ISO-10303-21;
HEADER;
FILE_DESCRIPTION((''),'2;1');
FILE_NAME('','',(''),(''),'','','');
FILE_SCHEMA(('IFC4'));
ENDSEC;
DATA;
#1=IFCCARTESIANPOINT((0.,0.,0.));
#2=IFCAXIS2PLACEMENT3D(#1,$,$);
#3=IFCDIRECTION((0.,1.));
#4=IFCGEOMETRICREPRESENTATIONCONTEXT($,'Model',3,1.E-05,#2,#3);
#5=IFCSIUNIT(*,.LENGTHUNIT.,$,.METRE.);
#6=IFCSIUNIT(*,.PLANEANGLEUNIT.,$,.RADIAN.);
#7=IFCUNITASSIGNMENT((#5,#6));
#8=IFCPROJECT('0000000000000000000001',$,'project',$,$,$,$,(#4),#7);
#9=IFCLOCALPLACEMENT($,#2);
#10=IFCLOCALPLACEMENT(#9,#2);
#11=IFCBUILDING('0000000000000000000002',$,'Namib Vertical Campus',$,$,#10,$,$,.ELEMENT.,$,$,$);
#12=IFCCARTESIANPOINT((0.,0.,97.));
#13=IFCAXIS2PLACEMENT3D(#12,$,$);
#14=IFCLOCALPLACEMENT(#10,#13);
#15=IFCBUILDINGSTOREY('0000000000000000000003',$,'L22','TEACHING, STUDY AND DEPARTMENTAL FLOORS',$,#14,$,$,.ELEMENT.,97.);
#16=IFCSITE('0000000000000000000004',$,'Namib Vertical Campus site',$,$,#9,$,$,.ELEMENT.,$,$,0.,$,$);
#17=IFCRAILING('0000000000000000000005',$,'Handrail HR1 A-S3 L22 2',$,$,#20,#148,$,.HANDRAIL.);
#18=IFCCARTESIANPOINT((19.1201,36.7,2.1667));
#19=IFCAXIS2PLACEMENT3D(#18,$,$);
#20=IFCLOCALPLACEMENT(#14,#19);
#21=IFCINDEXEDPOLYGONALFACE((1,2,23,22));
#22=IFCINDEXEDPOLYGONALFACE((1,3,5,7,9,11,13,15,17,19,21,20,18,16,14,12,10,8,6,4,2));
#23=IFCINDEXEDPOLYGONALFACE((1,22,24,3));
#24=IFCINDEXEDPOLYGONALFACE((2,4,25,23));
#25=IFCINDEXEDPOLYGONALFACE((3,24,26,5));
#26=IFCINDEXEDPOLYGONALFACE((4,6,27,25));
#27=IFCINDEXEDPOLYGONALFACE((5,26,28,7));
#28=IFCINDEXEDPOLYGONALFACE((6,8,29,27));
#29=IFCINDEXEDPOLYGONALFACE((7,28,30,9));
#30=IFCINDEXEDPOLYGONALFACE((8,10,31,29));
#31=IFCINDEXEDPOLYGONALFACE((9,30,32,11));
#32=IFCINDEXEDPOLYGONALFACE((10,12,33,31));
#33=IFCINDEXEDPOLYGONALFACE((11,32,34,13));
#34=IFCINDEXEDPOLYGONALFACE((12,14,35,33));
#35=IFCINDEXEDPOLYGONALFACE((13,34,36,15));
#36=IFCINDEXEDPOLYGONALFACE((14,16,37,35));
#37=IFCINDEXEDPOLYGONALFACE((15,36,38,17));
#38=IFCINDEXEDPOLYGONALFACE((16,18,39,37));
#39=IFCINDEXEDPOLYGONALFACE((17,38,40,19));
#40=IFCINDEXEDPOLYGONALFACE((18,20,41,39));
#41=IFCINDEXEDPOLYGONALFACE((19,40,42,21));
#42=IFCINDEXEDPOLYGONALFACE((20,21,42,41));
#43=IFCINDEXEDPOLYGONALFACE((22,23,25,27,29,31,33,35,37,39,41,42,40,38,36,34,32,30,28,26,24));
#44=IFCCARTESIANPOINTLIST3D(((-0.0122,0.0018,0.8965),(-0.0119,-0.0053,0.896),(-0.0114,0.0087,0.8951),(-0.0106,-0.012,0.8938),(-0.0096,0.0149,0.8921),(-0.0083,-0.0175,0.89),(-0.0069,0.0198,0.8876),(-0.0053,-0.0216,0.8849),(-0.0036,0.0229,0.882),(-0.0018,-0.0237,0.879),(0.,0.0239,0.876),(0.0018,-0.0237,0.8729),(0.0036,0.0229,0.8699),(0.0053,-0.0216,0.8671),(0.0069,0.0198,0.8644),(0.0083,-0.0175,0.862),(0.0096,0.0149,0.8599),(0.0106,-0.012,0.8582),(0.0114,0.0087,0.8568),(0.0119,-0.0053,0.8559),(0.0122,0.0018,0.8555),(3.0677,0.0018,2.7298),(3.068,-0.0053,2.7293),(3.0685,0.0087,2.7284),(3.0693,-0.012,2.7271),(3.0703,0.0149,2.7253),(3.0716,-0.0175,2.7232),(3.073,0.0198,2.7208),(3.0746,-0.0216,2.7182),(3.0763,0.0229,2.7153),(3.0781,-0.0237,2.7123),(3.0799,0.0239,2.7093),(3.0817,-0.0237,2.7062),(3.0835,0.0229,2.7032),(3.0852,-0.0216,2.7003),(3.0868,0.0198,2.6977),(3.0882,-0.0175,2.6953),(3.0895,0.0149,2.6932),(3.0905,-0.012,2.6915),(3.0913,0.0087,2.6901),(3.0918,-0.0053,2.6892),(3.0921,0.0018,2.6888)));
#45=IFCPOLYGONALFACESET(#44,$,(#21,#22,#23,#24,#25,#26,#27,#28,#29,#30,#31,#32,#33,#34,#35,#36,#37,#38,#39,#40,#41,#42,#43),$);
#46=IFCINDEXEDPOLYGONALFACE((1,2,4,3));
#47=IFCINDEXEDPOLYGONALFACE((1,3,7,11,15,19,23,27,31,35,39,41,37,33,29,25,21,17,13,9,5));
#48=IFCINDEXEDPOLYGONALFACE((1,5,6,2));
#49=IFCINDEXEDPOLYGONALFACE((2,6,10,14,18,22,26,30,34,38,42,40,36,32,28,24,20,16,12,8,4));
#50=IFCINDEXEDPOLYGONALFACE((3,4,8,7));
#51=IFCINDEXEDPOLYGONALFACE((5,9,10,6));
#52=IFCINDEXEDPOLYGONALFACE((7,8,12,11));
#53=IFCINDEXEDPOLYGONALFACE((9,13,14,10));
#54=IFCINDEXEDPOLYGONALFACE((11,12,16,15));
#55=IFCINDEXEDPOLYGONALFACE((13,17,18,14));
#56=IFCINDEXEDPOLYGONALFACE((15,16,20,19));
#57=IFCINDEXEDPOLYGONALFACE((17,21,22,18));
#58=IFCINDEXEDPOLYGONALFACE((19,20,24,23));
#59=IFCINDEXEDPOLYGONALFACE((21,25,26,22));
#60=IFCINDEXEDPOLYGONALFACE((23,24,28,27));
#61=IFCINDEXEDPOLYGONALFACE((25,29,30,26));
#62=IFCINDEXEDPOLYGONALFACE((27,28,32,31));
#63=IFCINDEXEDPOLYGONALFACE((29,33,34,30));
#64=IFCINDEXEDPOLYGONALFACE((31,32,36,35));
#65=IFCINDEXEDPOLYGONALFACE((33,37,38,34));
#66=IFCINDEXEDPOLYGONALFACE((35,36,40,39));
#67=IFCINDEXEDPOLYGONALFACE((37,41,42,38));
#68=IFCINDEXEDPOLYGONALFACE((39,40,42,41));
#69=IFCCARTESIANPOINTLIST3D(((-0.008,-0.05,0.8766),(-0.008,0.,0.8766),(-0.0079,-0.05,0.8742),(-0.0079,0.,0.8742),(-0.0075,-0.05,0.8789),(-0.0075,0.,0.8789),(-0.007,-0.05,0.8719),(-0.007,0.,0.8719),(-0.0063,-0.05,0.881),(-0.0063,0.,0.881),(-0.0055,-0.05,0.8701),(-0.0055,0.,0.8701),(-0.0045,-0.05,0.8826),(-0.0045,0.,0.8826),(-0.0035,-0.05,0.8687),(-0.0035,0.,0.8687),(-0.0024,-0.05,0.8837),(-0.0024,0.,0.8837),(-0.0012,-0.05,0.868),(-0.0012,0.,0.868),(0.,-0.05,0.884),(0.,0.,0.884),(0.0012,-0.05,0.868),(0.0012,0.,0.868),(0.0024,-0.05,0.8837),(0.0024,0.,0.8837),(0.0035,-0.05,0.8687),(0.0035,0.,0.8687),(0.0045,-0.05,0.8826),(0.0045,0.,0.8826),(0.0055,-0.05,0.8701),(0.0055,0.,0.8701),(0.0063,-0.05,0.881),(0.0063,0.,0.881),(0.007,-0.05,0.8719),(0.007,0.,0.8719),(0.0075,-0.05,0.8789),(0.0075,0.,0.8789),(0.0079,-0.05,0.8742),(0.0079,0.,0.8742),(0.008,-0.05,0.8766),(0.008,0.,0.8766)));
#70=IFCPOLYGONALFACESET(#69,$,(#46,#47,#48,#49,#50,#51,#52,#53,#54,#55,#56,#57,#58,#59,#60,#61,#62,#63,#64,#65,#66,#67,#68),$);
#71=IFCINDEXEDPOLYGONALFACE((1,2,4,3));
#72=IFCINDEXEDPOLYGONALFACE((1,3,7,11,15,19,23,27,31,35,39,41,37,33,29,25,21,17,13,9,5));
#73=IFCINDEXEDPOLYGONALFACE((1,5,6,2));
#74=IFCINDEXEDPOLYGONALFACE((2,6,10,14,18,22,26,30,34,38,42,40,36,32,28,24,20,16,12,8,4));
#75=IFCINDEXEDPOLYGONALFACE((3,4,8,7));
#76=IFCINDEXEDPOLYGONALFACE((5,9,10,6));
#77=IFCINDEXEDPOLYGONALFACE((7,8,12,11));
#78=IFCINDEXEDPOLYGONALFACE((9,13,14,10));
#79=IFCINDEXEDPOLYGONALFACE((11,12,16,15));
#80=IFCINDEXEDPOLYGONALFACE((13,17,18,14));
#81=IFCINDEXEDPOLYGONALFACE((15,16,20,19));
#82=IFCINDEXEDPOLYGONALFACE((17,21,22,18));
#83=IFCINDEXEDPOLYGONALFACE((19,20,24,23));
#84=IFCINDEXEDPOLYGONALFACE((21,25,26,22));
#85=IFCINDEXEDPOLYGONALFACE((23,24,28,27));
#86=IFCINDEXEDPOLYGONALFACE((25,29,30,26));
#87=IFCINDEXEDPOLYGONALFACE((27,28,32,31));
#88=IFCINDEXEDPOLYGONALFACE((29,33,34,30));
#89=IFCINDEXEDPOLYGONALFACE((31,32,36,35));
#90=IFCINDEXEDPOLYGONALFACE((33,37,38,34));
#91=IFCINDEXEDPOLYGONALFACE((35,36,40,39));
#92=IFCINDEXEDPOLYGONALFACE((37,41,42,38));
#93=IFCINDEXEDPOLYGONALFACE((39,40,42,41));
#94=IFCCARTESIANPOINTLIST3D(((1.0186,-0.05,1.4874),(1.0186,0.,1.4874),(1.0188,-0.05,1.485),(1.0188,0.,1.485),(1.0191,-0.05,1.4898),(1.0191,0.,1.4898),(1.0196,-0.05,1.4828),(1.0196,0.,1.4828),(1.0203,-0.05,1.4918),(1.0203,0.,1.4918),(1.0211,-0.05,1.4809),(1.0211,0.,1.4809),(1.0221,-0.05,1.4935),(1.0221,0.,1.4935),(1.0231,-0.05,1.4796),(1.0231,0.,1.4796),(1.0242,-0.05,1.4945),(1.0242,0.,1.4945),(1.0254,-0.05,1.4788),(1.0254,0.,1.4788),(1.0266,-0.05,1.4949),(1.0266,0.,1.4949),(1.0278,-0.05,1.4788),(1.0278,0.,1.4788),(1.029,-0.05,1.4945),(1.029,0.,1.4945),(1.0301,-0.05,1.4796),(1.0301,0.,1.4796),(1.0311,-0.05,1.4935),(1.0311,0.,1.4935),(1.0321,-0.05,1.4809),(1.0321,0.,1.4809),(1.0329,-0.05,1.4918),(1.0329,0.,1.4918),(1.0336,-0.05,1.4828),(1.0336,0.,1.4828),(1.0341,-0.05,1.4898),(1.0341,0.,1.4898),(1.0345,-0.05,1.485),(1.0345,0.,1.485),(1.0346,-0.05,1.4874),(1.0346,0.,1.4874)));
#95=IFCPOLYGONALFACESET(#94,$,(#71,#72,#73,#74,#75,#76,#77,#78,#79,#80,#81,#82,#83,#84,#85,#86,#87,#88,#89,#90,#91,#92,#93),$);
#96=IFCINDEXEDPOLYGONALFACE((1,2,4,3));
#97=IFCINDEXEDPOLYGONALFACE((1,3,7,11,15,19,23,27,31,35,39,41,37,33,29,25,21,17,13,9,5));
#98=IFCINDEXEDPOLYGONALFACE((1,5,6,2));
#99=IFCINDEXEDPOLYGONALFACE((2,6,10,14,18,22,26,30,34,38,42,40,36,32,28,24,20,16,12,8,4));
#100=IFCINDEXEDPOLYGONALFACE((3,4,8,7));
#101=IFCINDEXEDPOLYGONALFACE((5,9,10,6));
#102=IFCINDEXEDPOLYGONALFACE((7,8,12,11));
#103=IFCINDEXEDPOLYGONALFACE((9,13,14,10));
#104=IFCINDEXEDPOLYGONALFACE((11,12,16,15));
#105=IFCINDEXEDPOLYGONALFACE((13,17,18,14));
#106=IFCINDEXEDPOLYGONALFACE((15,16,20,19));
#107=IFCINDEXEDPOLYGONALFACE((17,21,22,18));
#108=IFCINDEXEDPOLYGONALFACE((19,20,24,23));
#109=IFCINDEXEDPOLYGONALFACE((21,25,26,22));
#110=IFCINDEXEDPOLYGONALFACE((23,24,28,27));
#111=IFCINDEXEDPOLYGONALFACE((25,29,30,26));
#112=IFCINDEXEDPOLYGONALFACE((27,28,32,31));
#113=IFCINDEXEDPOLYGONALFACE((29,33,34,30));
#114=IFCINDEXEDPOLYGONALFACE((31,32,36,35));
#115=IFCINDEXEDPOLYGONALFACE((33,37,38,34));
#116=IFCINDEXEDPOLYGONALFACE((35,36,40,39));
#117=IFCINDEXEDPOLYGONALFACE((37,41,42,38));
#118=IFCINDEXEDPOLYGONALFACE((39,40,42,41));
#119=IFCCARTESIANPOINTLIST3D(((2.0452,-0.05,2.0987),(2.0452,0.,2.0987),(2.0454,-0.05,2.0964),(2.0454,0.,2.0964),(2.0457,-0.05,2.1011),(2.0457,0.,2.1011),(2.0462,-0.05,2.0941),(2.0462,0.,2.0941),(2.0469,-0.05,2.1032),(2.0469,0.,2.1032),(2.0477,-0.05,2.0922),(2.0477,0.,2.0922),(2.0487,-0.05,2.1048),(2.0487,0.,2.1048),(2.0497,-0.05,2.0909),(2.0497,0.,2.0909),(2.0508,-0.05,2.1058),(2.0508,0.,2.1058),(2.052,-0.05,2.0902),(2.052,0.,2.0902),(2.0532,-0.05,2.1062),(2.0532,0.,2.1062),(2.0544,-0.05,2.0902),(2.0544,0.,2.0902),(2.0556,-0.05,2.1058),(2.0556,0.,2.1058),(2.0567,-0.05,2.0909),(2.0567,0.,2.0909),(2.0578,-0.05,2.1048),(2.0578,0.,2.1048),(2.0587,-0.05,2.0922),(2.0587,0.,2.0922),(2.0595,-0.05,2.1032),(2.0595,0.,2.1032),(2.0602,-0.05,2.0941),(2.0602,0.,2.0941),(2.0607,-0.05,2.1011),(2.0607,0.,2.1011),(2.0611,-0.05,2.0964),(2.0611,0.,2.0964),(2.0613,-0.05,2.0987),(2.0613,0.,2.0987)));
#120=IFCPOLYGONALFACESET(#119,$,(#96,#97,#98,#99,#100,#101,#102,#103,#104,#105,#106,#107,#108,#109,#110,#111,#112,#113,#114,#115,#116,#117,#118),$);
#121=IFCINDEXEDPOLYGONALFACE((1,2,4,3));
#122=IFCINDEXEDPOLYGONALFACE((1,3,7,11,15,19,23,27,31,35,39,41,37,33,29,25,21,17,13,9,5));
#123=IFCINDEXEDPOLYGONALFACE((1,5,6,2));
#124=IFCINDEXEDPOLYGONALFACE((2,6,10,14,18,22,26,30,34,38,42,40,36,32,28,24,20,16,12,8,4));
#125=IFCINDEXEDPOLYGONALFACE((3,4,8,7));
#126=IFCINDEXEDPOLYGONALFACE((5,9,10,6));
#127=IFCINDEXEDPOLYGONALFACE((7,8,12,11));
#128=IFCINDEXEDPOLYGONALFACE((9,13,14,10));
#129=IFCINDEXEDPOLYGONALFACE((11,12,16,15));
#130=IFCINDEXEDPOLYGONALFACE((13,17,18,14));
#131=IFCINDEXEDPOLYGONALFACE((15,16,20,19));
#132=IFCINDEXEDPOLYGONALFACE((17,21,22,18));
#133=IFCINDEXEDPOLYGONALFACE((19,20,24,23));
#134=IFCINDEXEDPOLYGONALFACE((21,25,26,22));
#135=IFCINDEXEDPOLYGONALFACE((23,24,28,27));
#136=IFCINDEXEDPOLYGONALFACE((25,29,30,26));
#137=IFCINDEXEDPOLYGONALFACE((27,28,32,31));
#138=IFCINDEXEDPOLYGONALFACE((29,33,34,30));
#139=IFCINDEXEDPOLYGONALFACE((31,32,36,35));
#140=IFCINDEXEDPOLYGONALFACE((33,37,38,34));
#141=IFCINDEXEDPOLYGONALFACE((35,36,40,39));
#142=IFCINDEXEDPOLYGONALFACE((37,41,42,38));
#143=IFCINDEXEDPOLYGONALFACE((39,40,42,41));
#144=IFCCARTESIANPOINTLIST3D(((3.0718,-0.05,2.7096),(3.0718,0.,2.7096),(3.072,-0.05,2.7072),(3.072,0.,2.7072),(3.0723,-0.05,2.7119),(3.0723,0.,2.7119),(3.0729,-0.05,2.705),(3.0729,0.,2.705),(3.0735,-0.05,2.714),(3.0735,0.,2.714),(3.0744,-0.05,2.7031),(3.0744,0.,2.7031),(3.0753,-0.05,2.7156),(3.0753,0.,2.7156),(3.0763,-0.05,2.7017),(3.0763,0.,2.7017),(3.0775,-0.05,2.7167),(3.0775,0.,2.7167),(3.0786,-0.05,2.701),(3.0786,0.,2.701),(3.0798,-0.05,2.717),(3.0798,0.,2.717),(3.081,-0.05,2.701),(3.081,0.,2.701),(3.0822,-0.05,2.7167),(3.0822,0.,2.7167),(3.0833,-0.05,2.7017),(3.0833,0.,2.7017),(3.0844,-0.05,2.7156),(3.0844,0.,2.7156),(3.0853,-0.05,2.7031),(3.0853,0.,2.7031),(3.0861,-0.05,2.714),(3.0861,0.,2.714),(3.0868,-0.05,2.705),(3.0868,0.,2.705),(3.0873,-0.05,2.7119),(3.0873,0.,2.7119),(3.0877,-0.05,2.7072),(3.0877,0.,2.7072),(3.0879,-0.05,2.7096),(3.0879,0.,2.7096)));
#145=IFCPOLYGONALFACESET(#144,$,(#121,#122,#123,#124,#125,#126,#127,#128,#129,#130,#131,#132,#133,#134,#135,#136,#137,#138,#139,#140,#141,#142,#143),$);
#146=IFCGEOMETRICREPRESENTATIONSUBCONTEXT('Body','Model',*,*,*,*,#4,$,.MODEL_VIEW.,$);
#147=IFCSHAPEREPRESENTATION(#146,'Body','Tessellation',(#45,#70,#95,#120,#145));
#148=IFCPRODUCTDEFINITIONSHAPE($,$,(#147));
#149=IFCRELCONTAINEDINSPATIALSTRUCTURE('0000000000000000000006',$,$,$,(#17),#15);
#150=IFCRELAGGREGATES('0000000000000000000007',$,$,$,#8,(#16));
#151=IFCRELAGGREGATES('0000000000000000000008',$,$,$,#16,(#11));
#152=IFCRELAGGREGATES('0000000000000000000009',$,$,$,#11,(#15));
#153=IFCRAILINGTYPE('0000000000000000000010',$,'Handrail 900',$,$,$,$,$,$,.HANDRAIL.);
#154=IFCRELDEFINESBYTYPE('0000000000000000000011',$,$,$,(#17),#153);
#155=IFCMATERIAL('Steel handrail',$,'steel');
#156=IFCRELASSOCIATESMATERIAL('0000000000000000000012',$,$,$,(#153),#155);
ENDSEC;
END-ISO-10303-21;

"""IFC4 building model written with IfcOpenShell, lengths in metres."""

from ifc_helpers import new_model, si_unit, direction, frame, origin, origin_2d, place, context, subcontext, project, spatial, circle, extrude, material, type_object, element, save


model = new_model("IFC4")

# Units and contexts
model_context = context("Model", 3, precision=1e-05, world=origin(), true_north=direction((0.0, 1.0)))
body_context = subcontext(model_context, "Body", "Model", "MODEL_VIEW")
ifc_project = project(units=[si_unit("LENGTHUNIT", "METRE"), si_unit("PLANEANGLEUNIT", "RADIAN")], contexts=[model_context])

# Site, building, storey
site_placement = place(None, origin())
site = spatial("IfcSite", under=ifc_project, at=site_placement, Name="Namib Vertical Campus site", CompositionType="ELEMENT", RefElevation=0.0)
building_placement = place(site_placement, origin())
building = spatial("IfcBuilding", under=site, at=building_placement, Name="Namib Vertical Campus", CompositionType="ELEMENT")
storey_placement = place(building_placement, frame((0.0, 0.0, 97.0)))
storey = spatial("IfcBuildingStorey", under=building, at=storey_placement, Name="L22", Description="TEACHING, STUDY AND DEPARTMENTAL FLOORS", CompositionType="ELEMENT", Elevation=97.0)

# Railing
ifc_material_1 = material(Name="Steel handrail", Category="steel")
railing_type = type_object("IfcRailingType", Name="Handrail 900", PredefinedType="HANDRAIL", material=ifc_material_1)
railing_placement = place(storey_placement, frame((19.1201, 36.7, 2.1667)))
element("IfcRailing", 1, at=railing_placement, inside=storey, type_object=railing_type, Name="Handrail HR1 A-S3 L22 2", PredefinedType="HANDRAIL", context=body_context, shape_type="SweptSolid", body=[
    extrude(circle(Radius=0.0239, at=origin_2d()), frame((0.0, 0.0, 0.876), z_axis=(0.859291, 0.0, 0.511487), x_axis=(0.0, 1.0, 0.0)), (0.0, 0.0, 1.0), 3.5842),
    extrude(circle(Radius=0.0081, at=origin_2d()), frame((0.0, 0.0, 0.876), z_axis=(0.0, -1.0, 0.0), x_axis=(0.0, 0.0, 1.0)), (0.0, 0.0, 1.0), 0.05),
    extrude(circle(Radius=0.0081, at=origin_2d()), frame((1.0266, 0.0, 1.4868), z_axis=(0.0, -1.0, 0.0), x_axis=(0.0, 0.0, 1.0)), (0.0, 0.0, 1.0), 0.05),
    extrude(circle(Radius=0.0081, at=origin_2d()), frame((2.0532, 0.0, 2.0981), z_axis=(0.0, -1.0, 0.0), x_axis=(0.0, 0.0, 1.0)), (0.0, 0.0, 1.0), 0.05),
    extrude(circle(Radius=0.0081, at=origin_2d()), frame((3.0798, 0.0, 2.709), z_axis=(0.0, -1.0, 0.0), x_axis=(0.0, 0.0, 1.0)), (0.0, 0.0, 1.0), 0.05),
])

save(model, "model.ifc")
